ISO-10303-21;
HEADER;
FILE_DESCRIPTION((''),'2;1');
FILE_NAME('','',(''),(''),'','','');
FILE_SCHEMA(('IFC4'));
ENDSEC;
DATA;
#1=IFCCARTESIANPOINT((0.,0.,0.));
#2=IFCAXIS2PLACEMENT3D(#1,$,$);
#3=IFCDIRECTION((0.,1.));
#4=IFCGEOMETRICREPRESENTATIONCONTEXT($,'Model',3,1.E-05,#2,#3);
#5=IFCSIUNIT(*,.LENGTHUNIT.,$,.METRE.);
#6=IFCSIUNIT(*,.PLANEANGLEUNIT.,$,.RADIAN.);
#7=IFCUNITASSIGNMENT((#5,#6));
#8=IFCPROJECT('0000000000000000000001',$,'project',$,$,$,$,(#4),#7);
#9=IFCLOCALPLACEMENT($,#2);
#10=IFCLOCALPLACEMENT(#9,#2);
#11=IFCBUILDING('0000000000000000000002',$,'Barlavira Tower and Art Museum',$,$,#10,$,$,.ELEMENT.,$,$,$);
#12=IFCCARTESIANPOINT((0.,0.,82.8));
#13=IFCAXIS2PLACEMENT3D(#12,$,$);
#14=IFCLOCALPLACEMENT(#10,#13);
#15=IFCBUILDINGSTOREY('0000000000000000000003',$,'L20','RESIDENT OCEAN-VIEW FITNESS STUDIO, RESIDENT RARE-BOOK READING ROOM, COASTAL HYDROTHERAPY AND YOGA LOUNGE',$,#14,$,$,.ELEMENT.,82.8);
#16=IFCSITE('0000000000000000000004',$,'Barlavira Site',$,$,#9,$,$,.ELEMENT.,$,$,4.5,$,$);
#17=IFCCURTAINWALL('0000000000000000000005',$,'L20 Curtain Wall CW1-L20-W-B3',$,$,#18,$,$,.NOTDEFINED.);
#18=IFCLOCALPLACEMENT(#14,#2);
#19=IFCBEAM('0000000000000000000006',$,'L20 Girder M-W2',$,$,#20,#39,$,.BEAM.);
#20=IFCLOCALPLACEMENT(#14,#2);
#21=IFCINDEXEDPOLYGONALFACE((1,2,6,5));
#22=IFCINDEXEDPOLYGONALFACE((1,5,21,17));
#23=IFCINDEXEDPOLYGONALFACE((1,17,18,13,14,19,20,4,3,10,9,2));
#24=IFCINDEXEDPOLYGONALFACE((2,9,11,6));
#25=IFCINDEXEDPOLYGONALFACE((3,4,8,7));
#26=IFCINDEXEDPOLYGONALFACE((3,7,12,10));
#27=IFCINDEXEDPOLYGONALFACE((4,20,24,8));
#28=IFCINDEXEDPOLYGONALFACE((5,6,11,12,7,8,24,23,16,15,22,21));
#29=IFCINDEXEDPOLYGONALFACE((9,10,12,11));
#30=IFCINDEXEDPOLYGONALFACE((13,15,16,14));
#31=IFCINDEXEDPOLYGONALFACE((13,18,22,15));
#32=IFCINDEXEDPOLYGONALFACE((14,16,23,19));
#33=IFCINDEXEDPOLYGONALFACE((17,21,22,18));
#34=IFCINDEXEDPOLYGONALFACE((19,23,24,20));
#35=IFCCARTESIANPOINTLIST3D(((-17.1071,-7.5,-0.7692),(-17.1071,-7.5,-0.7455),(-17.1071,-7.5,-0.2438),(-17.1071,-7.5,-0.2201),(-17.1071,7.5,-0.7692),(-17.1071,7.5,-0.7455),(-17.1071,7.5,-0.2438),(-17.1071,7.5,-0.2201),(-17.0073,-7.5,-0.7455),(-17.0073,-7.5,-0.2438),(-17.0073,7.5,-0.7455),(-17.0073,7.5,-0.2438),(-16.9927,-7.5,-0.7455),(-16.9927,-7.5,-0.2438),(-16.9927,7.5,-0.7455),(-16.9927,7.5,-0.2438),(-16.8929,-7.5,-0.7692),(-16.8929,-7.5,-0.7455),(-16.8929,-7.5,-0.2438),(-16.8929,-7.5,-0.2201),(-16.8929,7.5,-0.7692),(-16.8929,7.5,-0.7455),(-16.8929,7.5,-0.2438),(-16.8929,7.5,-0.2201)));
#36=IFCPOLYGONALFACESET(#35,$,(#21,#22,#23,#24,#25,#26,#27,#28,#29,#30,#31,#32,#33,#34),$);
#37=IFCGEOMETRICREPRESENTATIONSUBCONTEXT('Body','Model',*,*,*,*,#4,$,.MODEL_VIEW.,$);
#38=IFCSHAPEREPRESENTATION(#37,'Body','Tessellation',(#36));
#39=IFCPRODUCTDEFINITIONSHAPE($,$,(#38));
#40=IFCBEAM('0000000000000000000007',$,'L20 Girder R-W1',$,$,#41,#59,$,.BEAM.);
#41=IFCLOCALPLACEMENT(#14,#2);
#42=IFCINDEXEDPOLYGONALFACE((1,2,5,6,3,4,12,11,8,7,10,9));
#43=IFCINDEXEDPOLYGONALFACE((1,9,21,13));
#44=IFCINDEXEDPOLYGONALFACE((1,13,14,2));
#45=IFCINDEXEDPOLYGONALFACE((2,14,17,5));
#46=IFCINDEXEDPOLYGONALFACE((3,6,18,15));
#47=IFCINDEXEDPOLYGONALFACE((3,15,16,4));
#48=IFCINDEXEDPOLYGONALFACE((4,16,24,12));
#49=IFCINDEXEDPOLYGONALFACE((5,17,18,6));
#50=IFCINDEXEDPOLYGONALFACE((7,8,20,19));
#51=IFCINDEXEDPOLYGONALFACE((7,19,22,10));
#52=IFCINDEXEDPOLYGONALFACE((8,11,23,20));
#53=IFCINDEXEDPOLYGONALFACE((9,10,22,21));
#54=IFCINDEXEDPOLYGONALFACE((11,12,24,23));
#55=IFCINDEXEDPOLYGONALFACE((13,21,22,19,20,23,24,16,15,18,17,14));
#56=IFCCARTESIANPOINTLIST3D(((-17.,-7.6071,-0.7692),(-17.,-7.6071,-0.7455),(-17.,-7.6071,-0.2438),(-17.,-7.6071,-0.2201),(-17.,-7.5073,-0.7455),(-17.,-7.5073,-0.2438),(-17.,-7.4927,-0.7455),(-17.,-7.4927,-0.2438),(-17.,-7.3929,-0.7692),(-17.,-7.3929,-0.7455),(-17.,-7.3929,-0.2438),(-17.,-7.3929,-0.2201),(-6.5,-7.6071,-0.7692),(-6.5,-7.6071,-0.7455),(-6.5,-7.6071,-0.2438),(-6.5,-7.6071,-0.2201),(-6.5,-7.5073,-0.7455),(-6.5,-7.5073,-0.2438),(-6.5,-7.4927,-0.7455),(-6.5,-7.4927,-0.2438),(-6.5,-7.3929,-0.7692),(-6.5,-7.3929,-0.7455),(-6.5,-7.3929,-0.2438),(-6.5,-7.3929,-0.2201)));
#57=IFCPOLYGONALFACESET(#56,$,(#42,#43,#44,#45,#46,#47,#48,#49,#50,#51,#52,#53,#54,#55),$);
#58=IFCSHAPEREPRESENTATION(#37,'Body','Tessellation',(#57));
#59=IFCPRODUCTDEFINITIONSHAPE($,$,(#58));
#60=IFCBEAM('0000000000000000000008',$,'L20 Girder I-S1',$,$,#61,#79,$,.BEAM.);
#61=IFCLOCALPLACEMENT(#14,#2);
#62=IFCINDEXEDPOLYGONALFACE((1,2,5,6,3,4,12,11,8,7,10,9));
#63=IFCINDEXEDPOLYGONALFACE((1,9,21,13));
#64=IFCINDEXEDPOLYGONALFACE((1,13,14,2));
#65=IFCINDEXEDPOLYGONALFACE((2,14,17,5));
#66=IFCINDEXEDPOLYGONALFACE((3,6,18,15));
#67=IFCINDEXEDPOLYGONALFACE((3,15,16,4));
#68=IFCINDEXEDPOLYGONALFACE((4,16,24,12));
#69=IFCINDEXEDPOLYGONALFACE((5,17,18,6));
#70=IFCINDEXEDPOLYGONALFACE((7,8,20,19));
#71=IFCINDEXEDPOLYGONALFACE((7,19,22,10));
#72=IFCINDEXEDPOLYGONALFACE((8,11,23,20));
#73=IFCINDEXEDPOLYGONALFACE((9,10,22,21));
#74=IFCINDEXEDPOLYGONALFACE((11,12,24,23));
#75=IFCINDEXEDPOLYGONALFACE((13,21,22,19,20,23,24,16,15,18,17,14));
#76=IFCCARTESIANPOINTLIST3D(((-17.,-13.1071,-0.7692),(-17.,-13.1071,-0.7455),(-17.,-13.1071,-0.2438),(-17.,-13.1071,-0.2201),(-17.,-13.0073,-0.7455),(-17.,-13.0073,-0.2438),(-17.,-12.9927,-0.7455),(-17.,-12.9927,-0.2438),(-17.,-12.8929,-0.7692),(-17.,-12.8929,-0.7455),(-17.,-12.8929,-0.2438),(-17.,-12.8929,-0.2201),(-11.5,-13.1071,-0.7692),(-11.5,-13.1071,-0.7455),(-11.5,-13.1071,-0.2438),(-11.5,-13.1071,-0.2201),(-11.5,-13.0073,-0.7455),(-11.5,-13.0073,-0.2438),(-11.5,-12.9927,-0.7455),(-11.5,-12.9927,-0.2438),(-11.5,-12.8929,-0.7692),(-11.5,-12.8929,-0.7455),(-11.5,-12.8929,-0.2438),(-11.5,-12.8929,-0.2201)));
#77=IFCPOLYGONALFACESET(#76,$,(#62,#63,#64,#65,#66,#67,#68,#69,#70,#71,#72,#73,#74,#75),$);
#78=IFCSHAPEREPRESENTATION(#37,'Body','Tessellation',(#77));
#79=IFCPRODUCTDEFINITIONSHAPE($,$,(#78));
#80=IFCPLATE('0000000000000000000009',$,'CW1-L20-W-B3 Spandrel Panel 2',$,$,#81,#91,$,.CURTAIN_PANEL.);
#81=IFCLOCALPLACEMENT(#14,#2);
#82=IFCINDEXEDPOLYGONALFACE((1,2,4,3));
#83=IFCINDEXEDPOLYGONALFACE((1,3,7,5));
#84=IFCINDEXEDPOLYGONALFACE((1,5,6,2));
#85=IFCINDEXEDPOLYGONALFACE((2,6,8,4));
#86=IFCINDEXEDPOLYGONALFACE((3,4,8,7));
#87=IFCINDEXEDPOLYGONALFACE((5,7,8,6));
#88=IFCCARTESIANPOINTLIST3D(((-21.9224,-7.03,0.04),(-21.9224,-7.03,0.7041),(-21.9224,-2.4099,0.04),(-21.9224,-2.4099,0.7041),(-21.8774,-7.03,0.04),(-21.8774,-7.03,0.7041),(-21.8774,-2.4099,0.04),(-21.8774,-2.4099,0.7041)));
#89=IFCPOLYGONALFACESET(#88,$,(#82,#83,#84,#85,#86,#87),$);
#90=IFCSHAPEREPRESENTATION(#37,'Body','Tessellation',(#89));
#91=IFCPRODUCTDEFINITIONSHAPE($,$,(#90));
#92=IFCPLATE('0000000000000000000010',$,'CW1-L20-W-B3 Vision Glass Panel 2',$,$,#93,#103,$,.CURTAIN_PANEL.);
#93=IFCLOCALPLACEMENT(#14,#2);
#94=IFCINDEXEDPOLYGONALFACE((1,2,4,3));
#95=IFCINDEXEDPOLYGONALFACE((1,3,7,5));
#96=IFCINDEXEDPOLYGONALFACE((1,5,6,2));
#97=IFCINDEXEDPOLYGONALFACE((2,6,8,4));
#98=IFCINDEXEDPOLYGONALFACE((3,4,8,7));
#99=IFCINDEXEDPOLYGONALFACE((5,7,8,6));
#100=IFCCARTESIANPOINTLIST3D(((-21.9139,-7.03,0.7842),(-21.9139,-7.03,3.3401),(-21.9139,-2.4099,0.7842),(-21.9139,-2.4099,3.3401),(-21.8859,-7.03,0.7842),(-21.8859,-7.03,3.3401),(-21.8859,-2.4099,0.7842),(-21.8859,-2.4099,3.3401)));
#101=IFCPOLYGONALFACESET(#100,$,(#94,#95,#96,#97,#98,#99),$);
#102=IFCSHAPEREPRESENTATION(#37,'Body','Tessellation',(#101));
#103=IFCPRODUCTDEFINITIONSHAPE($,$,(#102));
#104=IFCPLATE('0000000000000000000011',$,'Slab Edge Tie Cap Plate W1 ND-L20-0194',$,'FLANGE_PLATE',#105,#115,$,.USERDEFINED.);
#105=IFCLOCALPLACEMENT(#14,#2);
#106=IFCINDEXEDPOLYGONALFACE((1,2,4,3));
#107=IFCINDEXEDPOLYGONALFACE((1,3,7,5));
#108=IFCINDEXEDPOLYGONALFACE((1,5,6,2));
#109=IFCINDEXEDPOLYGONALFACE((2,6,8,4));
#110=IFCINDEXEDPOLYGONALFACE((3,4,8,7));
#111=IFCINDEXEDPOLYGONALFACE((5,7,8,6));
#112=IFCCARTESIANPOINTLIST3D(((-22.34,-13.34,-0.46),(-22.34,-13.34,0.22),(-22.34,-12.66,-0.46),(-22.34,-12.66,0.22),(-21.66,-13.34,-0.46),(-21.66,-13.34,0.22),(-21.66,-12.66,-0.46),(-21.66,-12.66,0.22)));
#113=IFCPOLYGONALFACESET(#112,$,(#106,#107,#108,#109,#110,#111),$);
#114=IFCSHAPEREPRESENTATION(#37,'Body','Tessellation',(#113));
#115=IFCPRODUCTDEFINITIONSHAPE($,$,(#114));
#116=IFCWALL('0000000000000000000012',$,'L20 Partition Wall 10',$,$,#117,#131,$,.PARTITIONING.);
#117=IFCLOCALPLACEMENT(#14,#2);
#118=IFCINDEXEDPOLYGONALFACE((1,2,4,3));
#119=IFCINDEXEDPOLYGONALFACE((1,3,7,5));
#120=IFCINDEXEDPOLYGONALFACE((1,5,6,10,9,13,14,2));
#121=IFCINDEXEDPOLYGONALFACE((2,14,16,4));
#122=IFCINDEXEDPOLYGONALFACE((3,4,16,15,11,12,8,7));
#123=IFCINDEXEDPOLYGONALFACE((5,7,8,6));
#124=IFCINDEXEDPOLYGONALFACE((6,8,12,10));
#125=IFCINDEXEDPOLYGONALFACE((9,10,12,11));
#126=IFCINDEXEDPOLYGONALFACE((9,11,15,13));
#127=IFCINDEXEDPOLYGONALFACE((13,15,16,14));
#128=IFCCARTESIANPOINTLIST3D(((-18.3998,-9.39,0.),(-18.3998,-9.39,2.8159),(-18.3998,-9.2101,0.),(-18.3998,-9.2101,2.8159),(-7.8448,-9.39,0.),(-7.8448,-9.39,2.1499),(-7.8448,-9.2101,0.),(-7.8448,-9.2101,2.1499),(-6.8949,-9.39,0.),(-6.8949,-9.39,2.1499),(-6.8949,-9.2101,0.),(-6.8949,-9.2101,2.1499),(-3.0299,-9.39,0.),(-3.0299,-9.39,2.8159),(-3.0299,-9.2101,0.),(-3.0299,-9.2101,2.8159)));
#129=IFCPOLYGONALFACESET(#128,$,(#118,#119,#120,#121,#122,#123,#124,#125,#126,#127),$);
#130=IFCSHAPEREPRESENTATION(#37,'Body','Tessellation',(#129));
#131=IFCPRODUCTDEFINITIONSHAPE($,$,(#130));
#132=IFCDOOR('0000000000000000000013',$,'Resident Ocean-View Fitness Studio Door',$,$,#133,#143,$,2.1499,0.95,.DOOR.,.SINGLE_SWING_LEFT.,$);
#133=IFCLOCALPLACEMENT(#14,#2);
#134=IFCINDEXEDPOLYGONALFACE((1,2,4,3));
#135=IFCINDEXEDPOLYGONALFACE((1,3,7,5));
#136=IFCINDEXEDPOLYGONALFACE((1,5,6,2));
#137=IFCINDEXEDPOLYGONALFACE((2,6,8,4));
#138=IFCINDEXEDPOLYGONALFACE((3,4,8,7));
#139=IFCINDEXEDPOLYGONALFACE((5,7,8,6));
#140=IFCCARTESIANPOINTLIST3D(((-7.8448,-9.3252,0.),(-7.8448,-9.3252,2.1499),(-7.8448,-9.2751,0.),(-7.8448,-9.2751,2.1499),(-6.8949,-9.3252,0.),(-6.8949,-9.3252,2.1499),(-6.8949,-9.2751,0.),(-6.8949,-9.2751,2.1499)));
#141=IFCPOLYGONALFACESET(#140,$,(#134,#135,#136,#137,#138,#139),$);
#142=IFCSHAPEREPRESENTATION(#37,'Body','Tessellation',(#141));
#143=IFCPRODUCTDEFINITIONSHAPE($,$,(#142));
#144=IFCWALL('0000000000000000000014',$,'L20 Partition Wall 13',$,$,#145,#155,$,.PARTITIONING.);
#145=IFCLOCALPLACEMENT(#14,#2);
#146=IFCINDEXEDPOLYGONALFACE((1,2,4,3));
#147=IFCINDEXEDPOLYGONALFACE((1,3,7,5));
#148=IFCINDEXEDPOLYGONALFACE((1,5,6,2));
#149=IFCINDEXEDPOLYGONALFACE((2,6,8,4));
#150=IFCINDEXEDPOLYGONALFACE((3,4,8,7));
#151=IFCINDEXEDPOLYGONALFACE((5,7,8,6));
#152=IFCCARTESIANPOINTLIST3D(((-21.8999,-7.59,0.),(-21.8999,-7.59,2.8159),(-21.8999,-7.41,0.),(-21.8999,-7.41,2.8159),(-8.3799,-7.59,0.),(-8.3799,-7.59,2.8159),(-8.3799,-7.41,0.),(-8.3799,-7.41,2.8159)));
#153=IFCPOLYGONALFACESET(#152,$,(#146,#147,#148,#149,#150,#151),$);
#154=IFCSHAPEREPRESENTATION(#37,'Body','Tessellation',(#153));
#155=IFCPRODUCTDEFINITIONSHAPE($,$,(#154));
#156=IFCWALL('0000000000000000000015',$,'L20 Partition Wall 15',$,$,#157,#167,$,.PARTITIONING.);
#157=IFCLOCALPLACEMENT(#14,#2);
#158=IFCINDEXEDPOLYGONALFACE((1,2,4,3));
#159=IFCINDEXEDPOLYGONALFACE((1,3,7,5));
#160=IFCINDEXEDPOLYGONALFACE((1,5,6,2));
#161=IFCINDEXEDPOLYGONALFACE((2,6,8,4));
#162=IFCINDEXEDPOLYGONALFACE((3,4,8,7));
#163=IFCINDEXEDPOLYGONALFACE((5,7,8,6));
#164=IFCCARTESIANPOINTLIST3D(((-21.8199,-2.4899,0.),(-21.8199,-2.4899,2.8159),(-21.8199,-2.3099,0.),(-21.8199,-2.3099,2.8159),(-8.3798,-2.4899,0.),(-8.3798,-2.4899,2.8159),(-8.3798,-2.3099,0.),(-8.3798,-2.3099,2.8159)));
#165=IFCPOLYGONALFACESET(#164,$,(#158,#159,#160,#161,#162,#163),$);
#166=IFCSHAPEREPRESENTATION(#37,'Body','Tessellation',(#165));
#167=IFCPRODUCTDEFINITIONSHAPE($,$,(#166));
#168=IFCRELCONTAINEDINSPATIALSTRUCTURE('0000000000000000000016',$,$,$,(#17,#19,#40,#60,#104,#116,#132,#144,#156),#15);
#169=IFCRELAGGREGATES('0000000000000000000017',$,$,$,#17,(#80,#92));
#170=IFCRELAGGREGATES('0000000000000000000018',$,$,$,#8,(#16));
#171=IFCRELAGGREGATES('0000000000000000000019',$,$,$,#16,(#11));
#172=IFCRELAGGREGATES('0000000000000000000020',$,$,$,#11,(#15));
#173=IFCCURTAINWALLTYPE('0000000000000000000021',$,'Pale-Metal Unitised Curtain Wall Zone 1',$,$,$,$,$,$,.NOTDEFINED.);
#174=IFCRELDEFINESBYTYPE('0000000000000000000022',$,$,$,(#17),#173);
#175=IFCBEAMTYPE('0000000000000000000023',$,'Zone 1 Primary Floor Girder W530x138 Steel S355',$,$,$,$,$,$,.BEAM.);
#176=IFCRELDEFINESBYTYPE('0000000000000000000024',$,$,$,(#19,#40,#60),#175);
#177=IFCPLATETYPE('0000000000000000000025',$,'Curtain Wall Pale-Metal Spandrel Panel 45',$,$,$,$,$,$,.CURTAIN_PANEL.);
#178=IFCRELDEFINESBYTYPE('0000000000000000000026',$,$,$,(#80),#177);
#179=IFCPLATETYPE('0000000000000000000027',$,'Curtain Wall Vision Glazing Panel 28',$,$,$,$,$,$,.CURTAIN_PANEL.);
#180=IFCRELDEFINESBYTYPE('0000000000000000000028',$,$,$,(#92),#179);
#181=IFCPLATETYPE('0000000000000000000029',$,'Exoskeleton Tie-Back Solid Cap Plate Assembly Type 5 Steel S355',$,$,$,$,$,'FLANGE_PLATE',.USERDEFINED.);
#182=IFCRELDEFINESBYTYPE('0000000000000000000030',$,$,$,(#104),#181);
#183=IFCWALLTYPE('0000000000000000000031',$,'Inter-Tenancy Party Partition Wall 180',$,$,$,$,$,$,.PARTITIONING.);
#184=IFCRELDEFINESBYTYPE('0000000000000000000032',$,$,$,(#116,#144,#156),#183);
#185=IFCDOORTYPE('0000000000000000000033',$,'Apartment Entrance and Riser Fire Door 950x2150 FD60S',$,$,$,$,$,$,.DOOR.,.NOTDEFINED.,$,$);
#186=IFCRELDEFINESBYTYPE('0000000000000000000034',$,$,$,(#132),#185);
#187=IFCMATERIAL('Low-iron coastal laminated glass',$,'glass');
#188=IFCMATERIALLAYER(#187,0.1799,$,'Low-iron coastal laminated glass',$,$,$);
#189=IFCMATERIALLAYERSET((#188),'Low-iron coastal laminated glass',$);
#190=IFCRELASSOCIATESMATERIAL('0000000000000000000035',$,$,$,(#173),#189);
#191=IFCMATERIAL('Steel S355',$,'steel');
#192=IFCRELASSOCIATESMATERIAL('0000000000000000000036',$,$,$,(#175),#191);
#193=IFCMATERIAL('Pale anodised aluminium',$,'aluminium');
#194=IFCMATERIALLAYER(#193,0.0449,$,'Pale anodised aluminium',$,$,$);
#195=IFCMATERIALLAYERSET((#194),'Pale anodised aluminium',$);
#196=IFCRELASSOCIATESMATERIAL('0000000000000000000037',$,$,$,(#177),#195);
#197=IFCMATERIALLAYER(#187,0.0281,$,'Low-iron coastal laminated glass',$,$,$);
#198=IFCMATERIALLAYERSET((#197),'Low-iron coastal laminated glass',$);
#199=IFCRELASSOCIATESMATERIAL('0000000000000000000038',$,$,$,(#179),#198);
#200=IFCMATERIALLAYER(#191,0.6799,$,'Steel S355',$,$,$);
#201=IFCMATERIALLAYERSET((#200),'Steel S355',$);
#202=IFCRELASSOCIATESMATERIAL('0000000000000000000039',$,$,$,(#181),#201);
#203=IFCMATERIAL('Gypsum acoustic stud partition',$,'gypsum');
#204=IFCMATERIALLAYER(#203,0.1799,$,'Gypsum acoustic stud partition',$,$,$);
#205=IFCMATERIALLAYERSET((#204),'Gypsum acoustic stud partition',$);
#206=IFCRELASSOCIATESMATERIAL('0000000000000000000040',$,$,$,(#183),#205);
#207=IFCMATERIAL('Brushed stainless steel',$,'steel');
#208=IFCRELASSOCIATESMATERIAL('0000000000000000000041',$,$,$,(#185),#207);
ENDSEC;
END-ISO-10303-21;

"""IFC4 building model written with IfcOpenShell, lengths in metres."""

from ifc_helpers import new_model, si_unit, direction, frame, frame_2d, origin, origin_2d, place, context, subcontext, project, spatial, rectangle, i_section, extrude, material, layer, layer_set, material_profile, profile_set, type_object, element, fill, aggregate, save


model = new_model("IFC4")

# Units and contexts
model_context = context("Model", 3, precision=1e-05, world=origin(), true_north=direction((0.0, 1.0)))
body_context = subcontext(model_context, "Body", "Model", "MODEL_VIEW")
ifc_project = project(units=[si_unit("LENGTHUNIT", "METRE"), si_unit("PLANEANGLEUNIT", "RADIAN")], contexts=[model_context])

# Site, building, storey
site_placement = place(None, origin())
site = spatial("IfcSite", under=ifc_project, at=site_placement, Name="Barlavira Site", CompositionType="ELEMENT", RefElevation=4.5)
building_placement = place(site_placement, origin())
building = spatial("IfcBuilding", under=site, at=building_placement, Name="Barlavira Tower and Art Museum", CompositionType="ELEMENT")
storey_placement = place(building_placement, frame((0.0, 0.0, 82.8)))
storey = spatial("IfcBuildingStorey", under=building, at=storey_placement, Name="L20", Description="RESIDENT OCEAN-VIEW FITNESS STUDIO, RESIDENT RARE-BOOK READING ROOM, COASTAL HYDROTHERAPY AND YOGA LOUNGE", CompositionType="ELEMENT", Elevation=82.8)

# Curtain wall
ifc_material_1 = material(Name="Low-iron coastal laminated glass", Category="glass")
ifc_layer_1 = layer(ifc_material_1, 0.1799, Name="Low-iron coastal laminated glass")
ifc_layer_set_1 = layer_set([ifc_layer_1], Name="Low-iron coastal laminated glass")
curtain_wall_type = type_object("IfcCurtainWallType", Name="Pale-Metal Unitised Curtain Wall Zone 1", PredefinedType="NOTDEFINED", material=ifc_layer_set_1)
curtain_wall_placement = place(storey_placement, origin())
curtain_wall = element("IfcCurtainWall", 1, at=curtain_wall_placement, inside=storey, type_object=curtain_wall_type, Name="L20 Curtain Wall CW1-L20-W-B3", PredefinedType="NOTDEFINED")
ifc_material_2 = material(Name="Pale anodised aluminium", Category="aluminium")

# Beams
ifc_material_3 = material(Name="Steel S355", Category="steel")
ifc_material_profile_1 = material_profile(ifc_material_3, i_section(OverallWidth=0.2141, OverallDepth=0.5491, WebThickness=0.0146, FlangeThickness=0.0237, at=origin_2d()), Name="W530x138.0")
ifc_profile_set_1 = profile_set([ifc_material_profile_1], Name="Steel S355")
beam_type_1 = type_object("IfcBeamType", Name="Zone 1 Primary Floor Girder W530x138 Steel S355", PredefinedType="BEAM", material=ifc_profile_set_1)
beam_1_placement = place(storey_placement, frame((-17.0, -7.5, -0.4946), z_axis=(0.0, 1.0, 0.0), x_axis=(-1.0, 0.0, 0.0)))
element("IfcBeam", 2, at=beam_1_placement, inside=storey, type_object=beam_type_1, Name="L20 Girder M-W2", PredefinedType="BEAM", context=body_context, shape_type="SweptSolid", body=[
    extrude(i_section(OverallWidth=0.2141, OverallDepth=0.5491, WebThickness=0.0146, FlangeThickness=0.0237, at=origin_2d()), origin(), (0.0, 0.0, 1.0), 15.0),
])
beam_2_placement = place(storey_placement, frame((-17.0, -7.5, -0.4946), z_axis=(1.0, 0.0, 0.0), x_axis=(0.0, 1.0, 0.0)))
element("IfcBeam", 3, at=beam_2_placement, inside=storey, type_object=beam_type_1, Name="L20 Girder R-W1", PredefinedType="BEAM", context=body_context, shape_type="SweptSolid", body=[
    extrude(i_section(OverallWidth=0.2141, OverallDepth=0.5491, WebThickness=0.0146, FlangeThickness=0.0237, at=origin_2d()), origin(), (0.0, 0.0, 1.0), 10.5),
])
beam_3_placement = place(storey_placement, frame((-17.0, -13.0, -0.4946), z_axis=(1.0, 0.0, 0.0), x_axis=(0.0, 1.0, 0.0)))
element("IfcBeam", 4, at=beam_3_placement, inside=storey, type_object=beam_type_1, Name="L20 Girder I-S1", PredefinedType="BEAM", context=body_context, shape_type="SweptSolid", body=[
    extrude(i_section(OverallWidth=0.2141, OverallDepth=0.5491, WebThickness=0.0146, FlangeThickness=0.0237, at=origin_2d()), origin(), (0.0, 0.0, 1.0), 5.5),
])

# Plates
ifc_layer_2 = layer(ifc_material_2, 0.0449, Name="Pale anodised aluminium")
ifc_layer_set_2 = layer_set([ifc_layer_2], Name="Pale anodised aluminium")
plate_type_1 = type_object("IfcPlateType", Name="Curtain Wall Pale-Metal Spandrel Panel 45", PredefinedType="CURTAIN_PANEL", material=ifc_layer_set_2)
plate_1_placement = place(storey_placement, frame((-21.8999, -4.72, 0.04), z_axis=(0.0, 0.0, 1.0), x_axis=(0.0, -1.0, 0.0)))
plate_1 = element("IfcPlate", 5, at=plate_1_placement, type_object=plate_type_1, Name="CW1-L20-W-B3 Spandrel Panel 2", PredefinedType="CURTAIN_PANEL", context=body_context, shape_type="SweptSolid", body=[
    extrude(rectangle(XDim=4.6201, YDim=0.0449, at=origin_2d()), origin(), (0.0, 0.0, 1.0), 0.6641),
])
ifc_layer_3 = layer(ifc_material_1, 0.0281, Name="Low-iron coastal laminated glass")
ifc_layer_set_3 = layer_set([ifc_layer_3], Name="Low-iron coastal laminated glass")
plate_type_2 = type_object("IfcPlateType", Name="Curtain Wall Vision Glazing Panel 28", PredefinedType="CURTAIN_PANEL", material=ifc_layer_set_3)
plate_2_placement = place(storey_placement, frame((-21.8999, -4.72, 0.7842), z_axis=(0.0, 0.0, 1.0), x_axis=(0.0, -1.0, 0.0)))
plate_2 = element("IfcPlate", 6, at=plate_2_placement, type_object=plate_type_2, Name="CW1-L20-W-B3 Vision Glass Panel 2", PredefinedType="CURTAIN_PANEL", context=body_context, shape_type="SweptSolid", body=[
    extrude(rectangle(XDim=4.6201, YDim=0.0281, at=origin_2d()), origin(), (0.0, 0.0, 1.0), 2.5559),
])
aggregate(curtain_wall, [plate_1, plate_2])
ifc_layer_4 = layer(ifc_material_3, 0.6799, Name="Steel S355")
ifc_layer_set_4 = layer_set([ifc_layer_4], Name="Steel S355")
plate_type_3 = type_object("IfcPlateType", Name="Exoskeleton Tie-Back Solid Cap Plate Assembly Type 5 Steel S355", ElementType="FLANGE_PLATE", PredefinedType="USERDEFINED", material=ifc_layer_set_4)
plate_3_placement = place(storey_placement, frame((-22.0, -13.0, -0.46), z_axis=(0.0, 0.0, 1.0), x_axis=(1.0, 0.0, 0.0)))
element("IfcPlate", 7, at=plate_3_placement, inside=storey, type_object=plate_type_3, Name="Slab Edge Tie Cap Plate W1 ND-L20-0194", ObjectType="FLANGE_PLATE", PredefinedType="USERDEFINED", context=body_context, shape_type="SweptSolid", body=[
    extrude(rectangle(XDim=0.6799, YDim=0.6799, at=origin_2d()), origin(), (0.0, 0.0, 1.0), 0.6799),
])

# Wall, opening, door
ifc_material_4 = material(Name="Gypsum acoustic stud partition", Category="gypsum")
ifc_layer_5 = layer(ifc_material_4, 0.1799, Name="Gypsum acoustic stud partition")
ifc_layer_set_5 = layer_set([ifc_layer_5], Name="Gypsum acoustic stud partition")
wall_type_1 = type_object("IfcWallType", Name="Inter-Tenancy Party Partition Wall 180", PredefinedType="PARTITIONING", material=ifc_layer_set_5)
wall_1_placement = place(storey_placement, frame((-18.3999, -9.3, 0.0), z_axis=(0.0, 0.0, 1.0), x_axis=(1.0, 0.0, 0.0)))
wall_1 = element("IfcWall", 8, at=wall_1_placement, inside=storey, type_object=wall_type_1, Name="L20 Partition Wall 10", PredefinedType="PARTITIONING", context=body_context, shape_type="SweptSolid", body=[
    extrude(rectangle(XDim=15.3699, YDim=0.1799, at=frame_2d((7.6851, 0.0))), origin(), (0.0, 0.0, 1.0), 2.8159),
])
opening_1_placement = place(wall_1_placement, frame((10.5549, 0.0, 0.0)))
opening_1 = element("IfcOpeningElement", 9, at=opening_1_placement, cuts=wall_1, PredefinedType="OPENING", context=body_context, shape_type="SweptSolid", body=[
    extrude(rectangle(XDim=0.95, YDim=2.1499, at=frame_2d((0.4751, 1.075))), frame((0.0, 0.1001, 0.0), z_axis=(0.0, -1.0, 0.0), x_axis=(1.0, 0.0, 0.0)), (0.0, 0.0, 1.0), 0.2),
])
ifc_material_5 = material(Name="Brushed stainless steel", Category="steel")
door_type = type_object("IfcDoorType", Name="Apartment Entrance and Riser Fire Door 950x2150 FD60S", OperationType="NOTDEFINED", PredefinedType="DOOR", material=ifc_material_5)
door_placement = place(opening_1_placement, origin())
door = element("IfcDoor", 10, at=door_placement, inside=storey, type_object=door_type, Name="Resident Ocean-View Fitness Studio Door", OperationType="SINGLE_SWING_LEFT", OverallHeight=2.1499, OverallWidth=0.95, PredefinedType="DOOR", context=body_context, shape_type="SweptSolid", body=[
    extrude(rectangle(XDim=0.95, YDim=2.1499, at=frame_2d((0.4751, 1.075))), frame((0.0, 0.0249, 0.0), z_axis=(0.0, -1.0, 0.0), x_axis=(1.0, 0.0, 0.0)), (0.0, 0.0, 1.0), 0.05),
])
fill(opening_1, door)

# Walls
wall_2_placement = place(storey_placement, frame((-21.8999, -7.5, 0.0), z_axis=(0.0, 0.0, 1.0), x_axis=(1.0, 0.0, 0.0)))
element("IfcWall", 11, at=wall_2_placement, inside=storey, type_object=wall_type_1, Name="L20 Partition Wall 13", PredefinedType="PARTITIONING", context=body_context, shape_type="SweptSolid", body=[
    extrude(rectangle(XDim=13.52, YDim=0.1799, at=frame_2d((6.76, 0.0))), origin(), (0.0, 0.0, 1.0), 2.8159),
])
wall_3_placement = place(storey_placement, frame((-21.8201, -2.3999, 0.0), z_axis=(0.0, 0.0, 1.0), x_axis=(1.0, 0.0, 0.0)))
element("IfcWall", 12, at=wall_3_placement, inside=storey, type_object=wall_type_1, Name="L20 Partition Wall 15", PredefinedType="PARTITIONING", context=body_context, shape_type="SweptSolid", body=[
    extrude(rectangle(XDim=13.4402, YDim=0.1799, at=frame_2d((6.7202, 0.0))), origin(), (0.0, 0.0, 1.0), 2.8159),
])

save(model, "model.ifc")
